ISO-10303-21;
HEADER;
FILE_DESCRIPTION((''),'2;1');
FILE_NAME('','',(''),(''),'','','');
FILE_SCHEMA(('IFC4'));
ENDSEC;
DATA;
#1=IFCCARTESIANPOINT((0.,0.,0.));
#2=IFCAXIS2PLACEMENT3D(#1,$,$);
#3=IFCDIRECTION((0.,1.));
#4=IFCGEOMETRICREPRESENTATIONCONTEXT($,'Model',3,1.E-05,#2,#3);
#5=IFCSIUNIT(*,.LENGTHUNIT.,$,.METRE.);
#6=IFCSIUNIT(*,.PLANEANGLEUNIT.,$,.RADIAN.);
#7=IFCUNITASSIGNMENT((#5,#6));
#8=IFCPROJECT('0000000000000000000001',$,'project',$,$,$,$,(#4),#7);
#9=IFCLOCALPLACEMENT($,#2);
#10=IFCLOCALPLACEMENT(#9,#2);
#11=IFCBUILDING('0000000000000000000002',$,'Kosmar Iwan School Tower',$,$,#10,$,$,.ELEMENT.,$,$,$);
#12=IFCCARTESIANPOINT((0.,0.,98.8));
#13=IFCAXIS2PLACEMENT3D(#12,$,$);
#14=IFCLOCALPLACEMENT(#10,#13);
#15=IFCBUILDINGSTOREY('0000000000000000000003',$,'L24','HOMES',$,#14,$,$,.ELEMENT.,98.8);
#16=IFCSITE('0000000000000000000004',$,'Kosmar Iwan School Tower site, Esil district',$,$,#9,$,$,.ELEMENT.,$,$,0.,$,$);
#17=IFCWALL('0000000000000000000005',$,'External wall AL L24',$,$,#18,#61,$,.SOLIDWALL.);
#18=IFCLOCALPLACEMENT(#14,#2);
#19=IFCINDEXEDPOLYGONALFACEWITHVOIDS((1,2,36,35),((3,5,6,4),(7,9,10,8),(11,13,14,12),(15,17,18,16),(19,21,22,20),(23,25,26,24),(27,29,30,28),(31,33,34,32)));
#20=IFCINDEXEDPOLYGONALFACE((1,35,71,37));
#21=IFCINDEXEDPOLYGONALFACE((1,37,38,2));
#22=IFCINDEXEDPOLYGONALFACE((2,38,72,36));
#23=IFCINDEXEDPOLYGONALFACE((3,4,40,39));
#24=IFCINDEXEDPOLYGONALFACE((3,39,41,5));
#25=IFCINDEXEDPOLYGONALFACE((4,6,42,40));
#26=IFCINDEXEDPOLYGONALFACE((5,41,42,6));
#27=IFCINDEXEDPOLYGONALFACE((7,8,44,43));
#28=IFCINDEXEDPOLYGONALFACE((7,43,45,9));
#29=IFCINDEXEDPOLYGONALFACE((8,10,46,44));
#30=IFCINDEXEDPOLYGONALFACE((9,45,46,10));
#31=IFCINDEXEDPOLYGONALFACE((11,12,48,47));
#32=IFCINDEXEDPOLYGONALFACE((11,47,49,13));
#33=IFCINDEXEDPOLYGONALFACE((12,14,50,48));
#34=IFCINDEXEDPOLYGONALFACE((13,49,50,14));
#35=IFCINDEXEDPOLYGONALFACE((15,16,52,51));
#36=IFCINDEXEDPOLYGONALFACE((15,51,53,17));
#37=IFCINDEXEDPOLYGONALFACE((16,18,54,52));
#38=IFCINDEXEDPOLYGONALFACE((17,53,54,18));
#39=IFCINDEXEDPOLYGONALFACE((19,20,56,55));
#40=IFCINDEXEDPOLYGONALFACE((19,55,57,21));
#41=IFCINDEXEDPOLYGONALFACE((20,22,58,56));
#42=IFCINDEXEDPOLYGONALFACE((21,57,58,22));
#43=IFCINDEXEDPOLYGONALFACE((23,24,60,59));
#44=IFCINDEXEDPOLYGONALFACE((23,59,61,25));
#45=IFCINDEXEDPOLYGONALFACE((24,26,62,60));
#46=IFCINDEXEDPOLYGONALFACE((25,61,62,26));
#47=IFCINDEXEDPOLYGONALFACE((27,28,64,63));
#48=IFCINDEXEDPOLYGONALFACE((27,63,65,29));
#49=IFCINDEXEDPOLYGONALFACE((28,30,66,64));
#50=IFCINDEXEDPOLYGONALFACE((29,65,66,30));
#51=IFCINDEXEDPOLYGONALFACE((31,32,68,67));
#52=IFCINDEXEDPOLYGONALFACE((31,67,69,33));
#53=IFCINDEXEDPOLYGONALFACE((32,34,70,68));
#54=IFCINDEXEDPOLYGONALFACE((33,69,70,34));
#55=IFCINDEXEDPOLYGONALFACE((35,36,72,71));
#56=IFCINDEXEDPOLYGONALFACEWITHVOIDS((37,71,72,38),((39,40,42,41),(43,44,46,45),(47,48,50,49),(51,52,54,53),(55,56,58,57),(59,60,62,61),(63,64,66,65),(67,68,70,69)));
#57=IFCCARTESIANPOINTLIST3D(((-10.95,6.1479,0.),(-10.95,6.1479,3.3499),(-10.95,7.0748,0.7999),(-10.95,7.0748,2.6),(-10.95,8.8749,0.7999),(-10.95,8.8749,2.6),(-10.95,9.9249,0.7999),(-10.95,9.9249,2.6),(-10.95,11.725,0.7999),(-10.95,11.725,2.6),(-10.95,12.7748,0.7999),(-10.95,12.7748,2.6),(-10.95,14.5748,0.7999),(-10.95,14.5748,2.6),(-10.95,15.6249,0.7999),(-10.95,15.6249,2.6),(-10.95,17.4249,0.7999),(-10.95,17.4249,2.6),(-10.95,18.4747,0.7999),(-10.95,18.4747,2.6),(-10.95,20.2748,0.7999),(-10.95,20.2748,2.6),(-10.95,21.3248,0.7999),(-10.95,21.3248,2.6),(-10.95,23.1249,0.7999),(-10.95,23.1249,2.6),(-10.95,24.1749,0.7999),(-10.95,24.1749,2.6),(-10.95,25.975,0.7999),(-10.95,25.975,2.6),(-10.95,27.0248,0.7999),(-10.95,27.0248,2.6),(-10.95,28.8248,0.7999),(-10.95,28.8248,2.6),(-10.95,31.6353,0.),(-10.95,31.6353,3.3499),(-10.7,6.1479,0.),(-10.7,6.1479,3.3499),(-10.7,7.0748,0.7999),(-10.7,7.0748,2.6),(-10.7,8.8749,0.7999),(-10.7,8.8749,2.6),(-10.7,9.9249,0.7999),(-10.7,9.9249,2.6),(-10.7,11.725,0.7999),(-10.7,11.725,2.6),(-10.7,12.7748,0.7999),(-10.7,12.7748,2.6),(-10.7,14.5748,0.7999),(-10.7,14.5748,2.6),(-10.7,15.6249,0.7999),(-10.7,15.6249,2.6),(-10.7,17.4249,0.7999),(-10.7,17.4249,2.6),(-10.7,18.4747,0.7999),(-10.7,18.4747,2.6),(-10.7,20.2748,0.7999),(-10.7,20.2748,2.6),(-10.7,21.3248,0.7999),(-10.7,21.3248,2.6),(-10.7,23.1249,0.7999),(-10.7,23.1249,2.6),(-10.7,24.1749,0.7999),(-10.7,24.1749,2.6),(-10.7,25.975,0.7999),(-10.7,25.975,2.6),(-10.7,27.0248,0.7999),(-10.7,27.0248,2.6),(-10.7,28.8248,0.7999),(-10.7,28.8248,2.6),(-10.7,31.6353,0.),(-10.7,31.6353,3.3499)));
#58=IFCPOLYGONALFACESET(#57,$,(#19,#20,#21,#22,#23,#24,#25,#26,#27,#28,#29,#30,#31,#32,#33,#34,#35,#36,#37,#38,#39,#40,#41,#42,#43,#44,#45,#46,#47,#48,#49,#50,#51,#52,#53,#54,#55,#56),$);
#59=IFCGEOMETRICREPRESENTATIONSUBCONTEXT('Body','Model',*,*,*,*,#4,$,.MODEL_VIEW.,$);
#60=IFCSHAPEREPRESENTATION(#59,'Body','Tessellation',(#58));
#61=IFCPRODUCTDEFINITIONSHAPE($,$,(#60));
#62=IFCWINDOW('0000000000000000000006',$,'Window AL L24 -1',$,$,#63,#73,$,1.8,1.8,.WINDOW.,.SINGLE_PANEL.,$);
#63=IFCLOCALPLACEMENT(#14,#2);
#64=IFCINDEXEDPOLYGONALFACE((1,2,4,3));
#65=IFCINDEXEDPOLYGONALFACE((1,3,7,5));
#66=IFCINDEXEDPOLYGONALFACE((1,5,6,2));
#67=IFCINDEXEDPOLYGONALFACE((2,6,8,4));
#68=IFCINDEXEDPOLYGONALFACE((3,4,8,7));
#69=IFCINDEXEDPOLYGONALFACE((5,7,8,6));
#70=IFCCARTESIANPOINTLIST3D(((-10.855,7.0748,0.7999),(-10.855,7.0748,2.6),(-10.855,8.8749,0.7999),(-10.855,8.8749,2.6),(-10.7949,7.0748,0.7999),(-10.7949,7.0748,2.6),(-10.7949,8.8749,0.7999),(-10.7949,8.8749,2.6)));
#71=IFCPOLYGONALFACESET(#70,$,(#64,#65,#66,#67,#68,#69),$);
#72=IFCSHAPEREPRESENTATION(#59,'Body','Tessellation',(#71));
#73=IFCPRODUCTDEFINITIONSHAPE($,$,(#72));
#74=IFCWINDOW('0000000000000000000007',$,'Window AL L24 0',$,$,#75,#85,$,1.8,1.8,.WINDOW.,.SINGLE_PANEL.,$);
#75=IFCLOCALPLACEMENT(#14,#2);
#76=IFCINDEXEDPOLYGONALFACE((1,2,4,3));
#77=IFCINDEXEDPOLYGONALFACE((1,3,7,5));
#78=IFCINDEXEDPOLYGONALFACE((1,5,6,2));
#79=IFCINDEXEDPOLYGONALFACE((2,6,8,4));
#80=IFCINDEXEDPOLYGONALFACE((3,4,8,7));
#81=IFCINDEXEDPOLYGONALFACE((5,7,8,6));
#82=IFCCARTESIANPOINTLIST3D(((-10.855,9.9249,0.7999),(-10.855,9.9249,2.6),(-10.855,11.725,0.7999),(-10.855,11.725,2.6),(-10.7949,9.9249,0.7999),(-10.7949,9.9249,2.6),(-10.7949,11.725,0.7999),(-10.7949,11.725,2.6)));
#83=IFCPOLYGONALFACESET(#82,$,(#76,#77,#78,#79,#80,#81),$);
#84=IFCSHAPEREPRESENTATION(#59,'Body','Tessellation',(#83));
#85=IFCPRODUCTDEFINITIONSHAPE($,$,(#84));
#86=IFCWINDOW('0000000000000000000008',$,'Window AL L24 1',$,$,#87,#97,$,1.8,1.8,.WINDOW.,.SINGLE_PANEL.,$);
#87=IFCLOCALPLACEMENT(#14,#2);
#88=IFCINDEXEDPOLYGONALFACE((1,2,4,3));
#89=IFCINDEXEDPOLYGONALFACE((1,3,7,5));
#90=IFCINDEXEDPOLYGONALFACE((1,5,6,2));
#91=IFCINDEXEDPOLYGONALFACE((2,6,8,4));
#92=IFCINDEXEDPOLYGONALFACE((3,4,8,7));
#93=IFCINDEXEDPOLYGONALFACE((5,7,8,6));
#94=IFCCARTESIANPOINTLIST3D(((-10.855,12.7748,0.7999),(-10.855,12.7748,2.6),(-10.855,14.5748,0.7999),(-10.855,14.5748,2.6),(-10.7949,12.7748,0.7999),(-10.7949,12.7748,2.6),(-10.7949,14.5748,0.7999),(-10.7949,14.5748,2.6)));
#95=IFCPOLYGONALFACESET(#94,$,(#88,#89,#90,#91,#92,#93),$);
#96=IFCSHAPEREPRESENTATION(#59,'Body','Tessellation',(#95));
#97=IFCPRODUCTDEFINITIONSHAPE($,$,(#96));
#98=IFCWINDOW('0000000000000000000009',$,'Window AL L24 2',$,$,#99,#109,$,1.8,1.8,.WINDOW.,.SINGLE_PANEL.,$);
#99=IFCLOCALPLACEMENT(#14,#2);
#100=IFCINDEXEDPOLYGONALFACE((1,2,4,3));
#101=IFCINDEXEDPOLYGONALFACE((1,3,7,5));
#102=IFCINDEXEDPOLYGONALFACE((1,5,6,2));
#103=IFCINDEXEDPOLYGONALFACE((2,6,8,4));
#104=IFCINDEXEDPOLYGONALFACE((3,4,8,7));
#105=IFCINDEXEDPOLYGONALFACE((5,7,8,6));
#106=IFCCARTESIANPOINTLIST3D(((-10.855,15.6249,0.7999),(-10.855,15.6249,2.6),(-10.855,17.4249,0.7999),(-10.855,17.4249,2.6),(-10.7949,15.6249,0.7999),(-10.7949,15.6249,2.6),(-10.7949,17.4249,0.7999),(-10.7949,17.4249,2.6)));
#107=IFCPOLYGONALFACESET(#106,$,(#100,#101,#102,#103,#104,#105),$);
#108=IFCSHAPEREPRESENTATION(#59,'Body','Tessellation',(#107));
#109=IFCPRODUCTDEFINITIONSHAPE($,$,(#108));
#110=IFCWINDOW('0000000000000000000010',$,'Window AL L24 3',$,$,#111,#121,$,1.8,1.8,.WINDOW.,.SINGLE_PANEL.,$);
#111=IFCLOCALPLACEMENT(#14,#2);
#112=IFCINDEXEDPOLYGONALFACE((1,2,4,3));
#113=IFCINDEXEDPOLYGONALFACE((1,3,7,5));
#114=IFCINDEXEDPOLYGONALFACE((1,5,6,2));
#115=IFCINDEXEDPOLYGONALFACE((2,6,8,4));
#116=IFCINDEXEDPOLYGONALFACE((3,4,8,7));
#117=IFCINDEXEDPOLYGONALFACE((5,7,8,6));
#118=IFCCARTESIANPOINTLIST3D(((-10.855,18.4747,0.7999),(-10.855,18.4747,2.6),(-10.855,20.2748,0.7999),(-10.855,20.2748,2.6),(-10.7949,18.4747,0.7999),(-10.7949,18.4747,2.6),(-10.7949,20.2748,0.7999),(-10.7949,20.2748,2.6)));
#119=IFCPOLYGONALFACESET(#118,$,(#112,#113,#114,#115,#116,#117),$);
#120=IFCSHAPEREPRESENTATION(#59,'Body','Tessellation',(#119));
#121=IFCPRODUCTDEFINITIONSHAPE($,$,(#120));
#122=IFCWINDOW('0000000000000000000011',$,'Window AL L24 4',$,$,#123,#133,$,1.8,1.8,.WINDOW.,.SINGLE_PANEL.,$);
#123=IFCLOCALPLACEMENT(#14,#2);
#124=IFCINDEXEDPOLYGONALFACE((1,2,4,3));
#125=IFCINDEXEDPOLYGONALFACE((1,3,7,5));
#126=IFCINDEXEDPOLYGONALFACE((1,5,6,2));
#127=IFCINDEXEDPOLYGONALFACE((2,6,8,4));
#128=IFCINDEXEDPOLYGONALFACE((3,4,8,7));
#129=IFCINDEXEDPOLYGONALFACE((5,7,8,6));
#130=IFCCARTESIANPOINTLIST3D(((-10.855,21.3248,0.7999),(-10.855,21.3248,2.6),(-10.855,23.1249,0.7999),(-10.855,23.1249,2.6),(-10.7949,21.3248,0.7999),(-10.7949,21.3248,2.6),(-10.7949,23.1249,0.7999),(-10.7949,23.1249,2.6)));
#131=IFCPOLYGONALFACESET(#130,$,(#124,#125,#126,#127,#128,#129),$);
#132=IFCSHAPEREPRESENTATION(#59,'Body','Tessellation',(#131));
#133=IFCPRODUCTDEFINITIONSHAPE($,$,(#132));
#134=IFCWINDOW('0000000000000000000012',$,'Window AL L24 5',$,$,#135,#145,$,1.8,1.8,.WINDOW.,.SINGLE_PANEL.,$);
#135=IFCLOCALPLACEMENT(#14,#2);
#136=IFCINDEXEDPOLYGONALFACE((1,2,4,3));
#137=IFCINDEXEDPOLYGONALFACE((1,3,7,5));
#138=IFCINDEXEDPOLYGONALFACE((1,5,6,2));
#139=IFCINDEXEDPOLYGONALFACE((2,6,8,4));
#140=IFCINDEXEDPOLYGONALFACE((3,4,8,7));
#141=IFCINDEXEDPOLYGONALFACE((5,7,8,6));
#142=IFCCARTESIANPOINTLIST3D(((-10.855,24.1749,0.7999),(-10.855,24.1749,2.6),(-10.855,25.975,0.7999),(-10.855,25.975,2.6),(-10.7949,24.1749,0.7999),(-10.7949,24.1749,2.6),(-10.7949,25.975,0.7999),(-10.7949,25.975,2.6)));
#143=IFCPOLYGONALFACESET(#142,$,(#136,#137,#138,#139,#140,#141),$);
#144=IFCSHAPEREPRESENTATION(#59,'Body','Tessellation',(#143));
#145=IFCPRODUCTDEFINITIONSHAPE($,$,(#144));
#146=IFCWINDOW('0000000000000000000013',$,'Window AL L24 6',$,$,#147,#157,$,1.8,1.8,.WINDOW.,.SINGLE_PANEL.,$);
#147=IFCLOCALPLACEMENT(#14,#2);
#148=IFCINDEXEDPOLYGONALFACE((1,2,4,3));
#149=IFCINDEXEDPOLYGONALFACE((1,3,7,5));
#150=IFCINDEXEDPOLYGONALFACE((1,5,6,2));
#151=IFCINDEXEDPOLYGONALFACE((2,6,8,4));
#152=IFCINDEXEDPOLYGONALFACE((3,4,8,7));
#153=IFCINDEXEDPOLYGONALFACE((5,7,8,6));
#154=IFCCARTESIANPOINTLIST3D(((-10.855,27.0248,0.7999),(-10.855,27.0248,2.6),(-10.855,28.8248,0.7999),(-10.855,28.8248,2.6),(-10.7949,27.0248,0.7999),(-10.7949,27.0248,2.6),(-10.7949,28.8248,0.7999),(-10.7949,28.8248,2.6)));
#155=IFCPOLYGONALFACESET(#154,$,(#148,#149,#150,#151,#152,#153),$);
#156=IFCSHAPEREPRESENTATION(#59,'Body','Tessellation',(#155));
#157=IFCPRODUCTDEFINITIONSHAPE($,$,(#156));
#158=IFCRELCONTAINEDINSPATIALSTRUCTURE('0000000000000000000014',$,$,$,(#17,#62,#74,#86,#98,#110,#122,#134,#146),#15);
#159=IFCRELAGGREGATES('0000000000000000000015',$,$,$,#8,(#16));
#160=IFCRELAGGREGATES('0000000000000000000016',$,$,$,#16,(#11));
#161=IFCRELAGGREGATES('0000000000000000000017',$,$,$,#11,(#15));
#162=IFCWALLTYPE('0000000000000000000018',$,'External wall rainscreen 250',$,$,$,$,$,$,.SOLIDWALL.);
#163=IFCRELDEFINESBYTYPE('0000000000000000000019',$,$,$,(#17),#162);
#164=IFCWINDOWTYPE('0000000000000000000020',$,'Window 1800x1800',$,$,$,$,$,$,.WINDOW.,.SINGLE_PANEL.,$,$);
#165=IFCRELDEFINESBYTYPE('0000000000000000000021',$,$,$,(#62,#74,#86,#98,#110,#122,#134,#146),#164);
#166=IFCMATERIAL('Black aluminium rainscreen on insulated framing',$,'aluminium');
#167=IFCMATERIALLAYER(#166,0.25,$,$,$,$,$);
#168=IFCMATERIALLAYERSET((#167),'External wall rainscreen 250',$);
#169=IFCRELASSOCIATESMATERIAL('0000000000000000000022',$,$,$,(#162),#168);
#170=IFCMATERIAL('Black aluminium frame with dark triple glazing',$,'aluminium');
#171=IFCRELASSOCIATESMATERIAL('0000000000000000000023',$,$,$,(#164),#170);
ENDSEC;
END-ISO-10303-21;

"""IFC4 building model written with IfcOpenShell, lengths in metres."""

from ifc_helpers import new_model, si_unit, direction, frame, frame_2d, origin, place, context, subcontext, project, spatial, rectangle, extrude, material, layer, layer_set, type_object, element, fill, save


model = new_model("IFC4")

# Units and contexts
model_context = context("Model", 3, precision=1e-05, world=origin(), true_north=direction((0.0, 1.0)))
body_context = subcontext(model_context, "Body", "Model", "MODEL_VIEW")
ifc_project = project(units=[si_unit("LENGTHUNIT", "METRE"), si_unit("PLANEANGLEUNIT", "RADIAN")], contexts=[model_context])

# Site, building, storey
site_placement = place(None, origin())
site = spatial("IfcSite", under=ifc_project, at=site_placement, Name="Kosmar Iwan School Tower site, Esil district", CompositionType="ELEMENT", RefElevation=0.0)
building_placement = place(site_placement, origin())
building = spatial("IfcBuilding", under=site, at=building_placement, Name="Kosmar Iwan School Tower", CompositionType="ELEMENT")
storey_placement = place(building_placement, frame((0.0, 0.0, 98.8)))
storey = spatial("IfcBuildingStorey", under=building, at=storey_placement, Name="L24", Description="HOMES", CompositionType="ELEMENT", Elevation=98.8)

# Wall, openings, windows
ifc_material_1 = material(Name="Black aluminium rainscreen on insulated framing", Category="aluminium")
ifc_layer = layer(ifc_material_1, 0.25)
ifc_layer_set = layer_set([ifc_layer], Name="External wall rainscreen 250")
wall_type = type_object("IfcWallType", Name="External wall rainscreen 250", PredefinedType="SOLIDWALL", material=ifc_layer_set)
wall_1_placement = place(storey_placement, frame((-10.825, 6.1479, 0.0), z_axis=(0.0, 0.0, 1.0), x_axis=(0.0, 1.0, 0.0)))
wall_1 = element("IfcWall", 1, at=wall_1_placement, inside=storey, type_object=wall_type, Name="External wall AL L24", PredefinedType="SOLIDWALL", context=body_context, shape_type="SweptSolid", body=[
    extrude(rectangle(XDim=25.4873, YDim=0.25, at=frame_2d((12.7437, 0.0))), origin(), (0.0, 0.0, 1.0), 3.3499),
])
opening_1_placement = place(wall_1_placement, frame((0.927, 0.0, 0.8)))
opening_1 = element("IfcOpeningElement", 2, at=opening_1_placement, cuts=wall_1, PredefinedType="OPENING", context=body_context, shape_type="SweptSolid", body=[
    extrude(rectangle(XDim=1.8, YDim=1.8, at=frame_2d((0.8999, 0.8999))), frame((0.0, 0.137, 0.0), z_axis=(0.0, -1.0, 0.0), x_axis=(1.0, 0.0, 0.0)), (0.0, 0.0, 1.0), 0.2739),
])
opening_2_placement = place(wall_1_placement, frame((3.7771, 0.0, 0.8)))
opening_2 = element("IfcOpeningElement", 3, at=opening_2_placement, cuts=wall_1, PredefinedType="OPENING", context=body_context, shape_type="SweptSolid", body=[
    extrude(rectangle(XDim=1.8, YDim=1.8, at=frame_2d((0.8999, 0.8999))), frame((0.0, 0.137, 0.0), z_axis=(0.0, -1.0, 0.0), x_axis=(1.0, 0.0, 0.0)), (0.0, 0.0, 1.0), 0.2739),
])
opening_3_placement = place(wall_1_placement, frame((6.627, 0.0, 0.8)))
opening_3 = element("IfcOpeningElement", 4, at=opening_3_placement, cuts=wall_1, PredefinedType="OPENING", context=body_context, shape_type="SweptSolid", body=[
    extrude(rectangle(XDim=1.8, YDim=1.8, at=frame_2d((0.8999, 0.8999))), frame((0.0, 0.137, 0.0), z_axis=(0.0, -1.0, 0.0), x_axis=(1.0, 0.0, 0.0)), (0.0, 0.0, 1.0), 0.2739),
])
opening_4_placement = place(wall_1_placement, frame((9.4771, 0.0, 0.8)))
opening_4 = element("IfcOpeningElement", 5, at=opening_4_placement, cuts=wall_1, PredefinedType="OPENING", context=body_context, shape_type="SweptSolid", body=[
    extrude(rectangle(XDim=1.8, YDim=1.8, at=frame_2d((0.8999, 0.8999))), frame((0.0, 0.137, 0.0), z_axis=(0.0, -1.0, 0.0), x_axis=(1.0, 0.0, 0.0)), (0.0, 0.0, 1.0), 0.2739),
])
opening_5_placement = place(wall_1_placement, frame((12.3269, 0.0, 0.8)))
opening_5 = element("IfcOpeningElement", 6, at=opening_5_placement, cuts=wall_1, PredefinedType="OPENING", context=body_context, shape_type="SweptSolid", body=[
    extrude(rectangle(XDim=1.8, YDim=1.8, at=frame_2d((0.8999, 0.8999))), frame((0.0, 0.137, 0.0), z_axis=(0.0, -1.0, 0.0), x_axis=(1.0, 0.0, 0.0)), (0.0, 0.0, 1.0), 0.2739),
])
opening_6_placement = place(wall_1_placement, frame((15.177, 0.0, 0.8)))
opening_6 = element("IfcOpeningElement", 7, at=opening_6_placement, cuts=wall_1, PredefinedType="OPENING", context=body_context, shape_type="SweptSolid", body=[
    extrude(rectangle(XDim=1.8, YDim=1.8, at=frame_2d((0.8999, 0.8999))), frame((0.0, 0.137, 0.0), z_axis=(0.0, -1.0, 0.0), x_axis=(1.0, 0.0, 0.0)), (0.0, 0.0, 1.0), 0.2739),
])
opening_7_placement = place(wall_1_placement, frame((18.0271, 0.0, 0.8)))
opening_7 = element("IfcOpeningElement", 8, at=opening_7_placement, cuts=wall_1, PredefinedType="OPENING", context=body_context, shape_type="SweptSolid", body=[
    extrude(rectangle(XDim=1.8, YDim=1.8, at=frame_2d((0.8999, 0.8999))), frame((0.0, 0.137, 0.0), z_axis=(0.0, -1.0, 0.0), x_axis=(1.0, 0.0, 0.0)), (0.0, 0.0, 1.0), 0.2739),
])
opening_8_placement = place(wall_1_placement, frame((20.877, 0.0, 0.8)))
opening_8 = element("IfcOpeningElement", 9, at=opening_8_placement, cuts=wall_1, PredefinedType="OPENING", context=body_context, shape_type="SweptSolid", body=[
    extrude(rectangle(XDim=1.8, YDim=1.8, at=frame_2d((0.8999, 0.8999))), frame((0.0, 0.137, 0.0), z_axis=(0.0, -1.0, 0.0), x_axis=(1.0, 0.0, 0.0)), (0.0, 0.0, 1.0), 0.2739),
])
ifc_material_2 = material(Name="Black aluminium frame with dark triple glazing", Category="aluminium")
window_type = type_object("IfcWindowType", Name="Window 1800x1800", PartitioningType="SINGLE_PANEL", PredefinedType="WINDOW", material=ifc_material_2)
window_1_placement = place(opening_1_placement, origin())
window_1 = element("IfcWindow", 10, at=window_1_placement, inside=storey, type_object=window_type, Name="Window AL L24 -1", OverallHeight=1.8, OverallWidth=1.8, PartitioningType="SINGLE_PANEL", PredefinedType="WINDOW", context=body_context, shape_type="SweptSolid", body=[
    extrude(rectangle(XDim=1.8, YDim=1.8, at=frame_2d((0.8999, 0.8999))), frame((0.0, 0.03, 0.0), z_axis=(0.0, -1.0, 0.0), x_axis=(1.0, 0.0, 0.0)), (0.0, 0.0, 1.0), 0.0601),
])
fill(opening_1, window_1)
window_2_placement = place(opening_2_placement, origin())
window_2 = element("IfcWindow", 11, at=window_2_placement, inside=storey, type_object=window_type, Name="Window AL L24 0", OverallHeight=1.8, OverallWidth=1.8, PartitioningType="SINGLE_PANEL", PredefinedType="WINDOW", context=body_context, shape_type="SweptSolid", body=[
    extrude(rectangle(XDim=1.8, YDim=1.8, at=frame_2d((0.8999, 0.8999))), frame((0.0, 0.03, 0.0), z_axis=(0.0, -1.0, 0.0), x_axis=(1.0, 0.0, 0.0)), (0.0, 0.0, 1.0), 0.0601),
])
fill(opening_2, window_2)
window_3_placement = place(opening_3_placement, origin())
window_3 = element("IfcWindow", 12, at=window_3_placement, inside=storey, type_object=window_type, Name="Window AL L24 1", OverallHeight=1.8, OverallWidth=1.8, PartitioningType="SINGLE_PANEL", PredefinedType="WINDOW", context=body_context, shape_type="SweptSolid", body=[
    extrude(rectangle(XDim=1.8, YDim=1.8, at=frame_2d((0.8999, 0.8999))), frame((0.0, 0.03, 0.0), z_axis=(0.0, -1.0, 0.0), x_axis=(1.0, 0.0, 0.0)), (0.0, 0.0, 1.0), 0.0601),
])
fill(opening_3, window_3)
window_4_placement = place(opening_4_placement, origin())
window_4 = element("IfcWindow", 13, at=window_4_placement, inside=storey, type_object=window_type, Name="Window AL L24 2", OverallHeight=1.8, OverallWidth=1.8, PartitioningType="SINGLE_PANEL", PredefinedType="WINDOW", context=body_context, shape_type="SweptSolid", body=[
    extrude(rectangle(XDim=1.8, YDim=1.8, at=frame_2d((0.8999, 0.8999))), frame((0.0, 0.03, 0.0), z_axis=(0.0, -1.0, 0.0), x_axis=(1.0, 0.0, 0.0)), (0.0, 0.0, 1.0), 0.0601),
])
fill(opening_4, window_4)
window_5_placement = place(opening_5_placement, origin())
window_5 = element("IfcWindow", 14, at=window_5_placement, inside=storey, type_object=window_type, Name="Window AL L24 3", OverallHeight=1.8, OverallWidth=1.8, PartitioningType="SINGLE_PANEL", PredefinedType="WINDOW", context=body_context, shape_type="SweptSolid", body=[
    extrude(rectangle(XDim=1.8, YDim=1.8, at=frame_2d((0.8999, 0.8999))), frame((0.0, 0.03, 0.0), z_axis=(0.0, -1.0, 0.0), x_axis=(1.0, 0.0, 0.0)), (0.0, 0.0, 1.0), 0.0601),
])
fill(opening_5, window_5)
window_6_placement = place(opening_6_placement, origin())
window_6 = element("IfcWindow", 15, at=window_6_placement, inside=storey, type_object=window_type, Name="Window AL L24 4", OverallHeight=1.8, OverallWidth=1.8, PartitioningType="SINGLE_PANEL", PredefinedType="WINDOW", context=body_context, shape_type="SweptSolid", body=[
    extrude(rectangle(XDim=1.8, YDim=1.8, at=frame_2d((0.8999, 0.8999))), frame((0.0, 0.03, 0.0), z_axis=(0.0, -1.0, 0.0), x_axis=(1.0, 0.0, 0.0)), (0.0, 0.0, 1.0), 0.0601),
])
fill(opening_6, window_6)
window_7_placement = place(opening_7_placement, origin())
window_7 = element("IfcWindow", 16, at=window_7_placement, inside=storey, type_object=window_type, Name="Window AL L24 5", OverallHeight=1.8, OverallWidth=1.8, PartitioningType="SINGLE_PANEL", PredefinedType="WINDOW", context=body_context, shape_type="SweptSolid", body=[
    extrude(rectangle(XDim=1.8, YDim=1.8, at=frame_2d((0.8999, 0.8999))), frame((0.0, 0.03, 0.0), z_axis=(0.0, -1.0, 0.0), x_axis=(1.0, 0.0, 0.0)), (0.0, 0.0, 1.0), 0.0601),
])
fill(opening_7, window_7)
window_8_placement = place(opening_8_placement, origin())
window_8 = element("IfcWindow", 17, at=window_8_placement, inside=storey, type_object=window_type, Name="Window AL L24 6", OverallHeight=1.8, OverallWidth=1.8, PartitioningType="SINGLE_PANEL", PredefinedType="WINDOW", context=body_context, shape_type="SweptSolid", body=[
    extrude(rectangle(XDim=1.8, YDim=1.8, at=frame_2d((0.8999, 0.8999))), frame((0.0, 0.03, 0.0), z_axis=(0.0, -1.0, 0.0), x_axis=(1.0, 0.0, 0.0)), (0.0, 0.0, 1.0), 0.0601),
])
fill(opening_8, window_8)

save(model, "model.ifc")
